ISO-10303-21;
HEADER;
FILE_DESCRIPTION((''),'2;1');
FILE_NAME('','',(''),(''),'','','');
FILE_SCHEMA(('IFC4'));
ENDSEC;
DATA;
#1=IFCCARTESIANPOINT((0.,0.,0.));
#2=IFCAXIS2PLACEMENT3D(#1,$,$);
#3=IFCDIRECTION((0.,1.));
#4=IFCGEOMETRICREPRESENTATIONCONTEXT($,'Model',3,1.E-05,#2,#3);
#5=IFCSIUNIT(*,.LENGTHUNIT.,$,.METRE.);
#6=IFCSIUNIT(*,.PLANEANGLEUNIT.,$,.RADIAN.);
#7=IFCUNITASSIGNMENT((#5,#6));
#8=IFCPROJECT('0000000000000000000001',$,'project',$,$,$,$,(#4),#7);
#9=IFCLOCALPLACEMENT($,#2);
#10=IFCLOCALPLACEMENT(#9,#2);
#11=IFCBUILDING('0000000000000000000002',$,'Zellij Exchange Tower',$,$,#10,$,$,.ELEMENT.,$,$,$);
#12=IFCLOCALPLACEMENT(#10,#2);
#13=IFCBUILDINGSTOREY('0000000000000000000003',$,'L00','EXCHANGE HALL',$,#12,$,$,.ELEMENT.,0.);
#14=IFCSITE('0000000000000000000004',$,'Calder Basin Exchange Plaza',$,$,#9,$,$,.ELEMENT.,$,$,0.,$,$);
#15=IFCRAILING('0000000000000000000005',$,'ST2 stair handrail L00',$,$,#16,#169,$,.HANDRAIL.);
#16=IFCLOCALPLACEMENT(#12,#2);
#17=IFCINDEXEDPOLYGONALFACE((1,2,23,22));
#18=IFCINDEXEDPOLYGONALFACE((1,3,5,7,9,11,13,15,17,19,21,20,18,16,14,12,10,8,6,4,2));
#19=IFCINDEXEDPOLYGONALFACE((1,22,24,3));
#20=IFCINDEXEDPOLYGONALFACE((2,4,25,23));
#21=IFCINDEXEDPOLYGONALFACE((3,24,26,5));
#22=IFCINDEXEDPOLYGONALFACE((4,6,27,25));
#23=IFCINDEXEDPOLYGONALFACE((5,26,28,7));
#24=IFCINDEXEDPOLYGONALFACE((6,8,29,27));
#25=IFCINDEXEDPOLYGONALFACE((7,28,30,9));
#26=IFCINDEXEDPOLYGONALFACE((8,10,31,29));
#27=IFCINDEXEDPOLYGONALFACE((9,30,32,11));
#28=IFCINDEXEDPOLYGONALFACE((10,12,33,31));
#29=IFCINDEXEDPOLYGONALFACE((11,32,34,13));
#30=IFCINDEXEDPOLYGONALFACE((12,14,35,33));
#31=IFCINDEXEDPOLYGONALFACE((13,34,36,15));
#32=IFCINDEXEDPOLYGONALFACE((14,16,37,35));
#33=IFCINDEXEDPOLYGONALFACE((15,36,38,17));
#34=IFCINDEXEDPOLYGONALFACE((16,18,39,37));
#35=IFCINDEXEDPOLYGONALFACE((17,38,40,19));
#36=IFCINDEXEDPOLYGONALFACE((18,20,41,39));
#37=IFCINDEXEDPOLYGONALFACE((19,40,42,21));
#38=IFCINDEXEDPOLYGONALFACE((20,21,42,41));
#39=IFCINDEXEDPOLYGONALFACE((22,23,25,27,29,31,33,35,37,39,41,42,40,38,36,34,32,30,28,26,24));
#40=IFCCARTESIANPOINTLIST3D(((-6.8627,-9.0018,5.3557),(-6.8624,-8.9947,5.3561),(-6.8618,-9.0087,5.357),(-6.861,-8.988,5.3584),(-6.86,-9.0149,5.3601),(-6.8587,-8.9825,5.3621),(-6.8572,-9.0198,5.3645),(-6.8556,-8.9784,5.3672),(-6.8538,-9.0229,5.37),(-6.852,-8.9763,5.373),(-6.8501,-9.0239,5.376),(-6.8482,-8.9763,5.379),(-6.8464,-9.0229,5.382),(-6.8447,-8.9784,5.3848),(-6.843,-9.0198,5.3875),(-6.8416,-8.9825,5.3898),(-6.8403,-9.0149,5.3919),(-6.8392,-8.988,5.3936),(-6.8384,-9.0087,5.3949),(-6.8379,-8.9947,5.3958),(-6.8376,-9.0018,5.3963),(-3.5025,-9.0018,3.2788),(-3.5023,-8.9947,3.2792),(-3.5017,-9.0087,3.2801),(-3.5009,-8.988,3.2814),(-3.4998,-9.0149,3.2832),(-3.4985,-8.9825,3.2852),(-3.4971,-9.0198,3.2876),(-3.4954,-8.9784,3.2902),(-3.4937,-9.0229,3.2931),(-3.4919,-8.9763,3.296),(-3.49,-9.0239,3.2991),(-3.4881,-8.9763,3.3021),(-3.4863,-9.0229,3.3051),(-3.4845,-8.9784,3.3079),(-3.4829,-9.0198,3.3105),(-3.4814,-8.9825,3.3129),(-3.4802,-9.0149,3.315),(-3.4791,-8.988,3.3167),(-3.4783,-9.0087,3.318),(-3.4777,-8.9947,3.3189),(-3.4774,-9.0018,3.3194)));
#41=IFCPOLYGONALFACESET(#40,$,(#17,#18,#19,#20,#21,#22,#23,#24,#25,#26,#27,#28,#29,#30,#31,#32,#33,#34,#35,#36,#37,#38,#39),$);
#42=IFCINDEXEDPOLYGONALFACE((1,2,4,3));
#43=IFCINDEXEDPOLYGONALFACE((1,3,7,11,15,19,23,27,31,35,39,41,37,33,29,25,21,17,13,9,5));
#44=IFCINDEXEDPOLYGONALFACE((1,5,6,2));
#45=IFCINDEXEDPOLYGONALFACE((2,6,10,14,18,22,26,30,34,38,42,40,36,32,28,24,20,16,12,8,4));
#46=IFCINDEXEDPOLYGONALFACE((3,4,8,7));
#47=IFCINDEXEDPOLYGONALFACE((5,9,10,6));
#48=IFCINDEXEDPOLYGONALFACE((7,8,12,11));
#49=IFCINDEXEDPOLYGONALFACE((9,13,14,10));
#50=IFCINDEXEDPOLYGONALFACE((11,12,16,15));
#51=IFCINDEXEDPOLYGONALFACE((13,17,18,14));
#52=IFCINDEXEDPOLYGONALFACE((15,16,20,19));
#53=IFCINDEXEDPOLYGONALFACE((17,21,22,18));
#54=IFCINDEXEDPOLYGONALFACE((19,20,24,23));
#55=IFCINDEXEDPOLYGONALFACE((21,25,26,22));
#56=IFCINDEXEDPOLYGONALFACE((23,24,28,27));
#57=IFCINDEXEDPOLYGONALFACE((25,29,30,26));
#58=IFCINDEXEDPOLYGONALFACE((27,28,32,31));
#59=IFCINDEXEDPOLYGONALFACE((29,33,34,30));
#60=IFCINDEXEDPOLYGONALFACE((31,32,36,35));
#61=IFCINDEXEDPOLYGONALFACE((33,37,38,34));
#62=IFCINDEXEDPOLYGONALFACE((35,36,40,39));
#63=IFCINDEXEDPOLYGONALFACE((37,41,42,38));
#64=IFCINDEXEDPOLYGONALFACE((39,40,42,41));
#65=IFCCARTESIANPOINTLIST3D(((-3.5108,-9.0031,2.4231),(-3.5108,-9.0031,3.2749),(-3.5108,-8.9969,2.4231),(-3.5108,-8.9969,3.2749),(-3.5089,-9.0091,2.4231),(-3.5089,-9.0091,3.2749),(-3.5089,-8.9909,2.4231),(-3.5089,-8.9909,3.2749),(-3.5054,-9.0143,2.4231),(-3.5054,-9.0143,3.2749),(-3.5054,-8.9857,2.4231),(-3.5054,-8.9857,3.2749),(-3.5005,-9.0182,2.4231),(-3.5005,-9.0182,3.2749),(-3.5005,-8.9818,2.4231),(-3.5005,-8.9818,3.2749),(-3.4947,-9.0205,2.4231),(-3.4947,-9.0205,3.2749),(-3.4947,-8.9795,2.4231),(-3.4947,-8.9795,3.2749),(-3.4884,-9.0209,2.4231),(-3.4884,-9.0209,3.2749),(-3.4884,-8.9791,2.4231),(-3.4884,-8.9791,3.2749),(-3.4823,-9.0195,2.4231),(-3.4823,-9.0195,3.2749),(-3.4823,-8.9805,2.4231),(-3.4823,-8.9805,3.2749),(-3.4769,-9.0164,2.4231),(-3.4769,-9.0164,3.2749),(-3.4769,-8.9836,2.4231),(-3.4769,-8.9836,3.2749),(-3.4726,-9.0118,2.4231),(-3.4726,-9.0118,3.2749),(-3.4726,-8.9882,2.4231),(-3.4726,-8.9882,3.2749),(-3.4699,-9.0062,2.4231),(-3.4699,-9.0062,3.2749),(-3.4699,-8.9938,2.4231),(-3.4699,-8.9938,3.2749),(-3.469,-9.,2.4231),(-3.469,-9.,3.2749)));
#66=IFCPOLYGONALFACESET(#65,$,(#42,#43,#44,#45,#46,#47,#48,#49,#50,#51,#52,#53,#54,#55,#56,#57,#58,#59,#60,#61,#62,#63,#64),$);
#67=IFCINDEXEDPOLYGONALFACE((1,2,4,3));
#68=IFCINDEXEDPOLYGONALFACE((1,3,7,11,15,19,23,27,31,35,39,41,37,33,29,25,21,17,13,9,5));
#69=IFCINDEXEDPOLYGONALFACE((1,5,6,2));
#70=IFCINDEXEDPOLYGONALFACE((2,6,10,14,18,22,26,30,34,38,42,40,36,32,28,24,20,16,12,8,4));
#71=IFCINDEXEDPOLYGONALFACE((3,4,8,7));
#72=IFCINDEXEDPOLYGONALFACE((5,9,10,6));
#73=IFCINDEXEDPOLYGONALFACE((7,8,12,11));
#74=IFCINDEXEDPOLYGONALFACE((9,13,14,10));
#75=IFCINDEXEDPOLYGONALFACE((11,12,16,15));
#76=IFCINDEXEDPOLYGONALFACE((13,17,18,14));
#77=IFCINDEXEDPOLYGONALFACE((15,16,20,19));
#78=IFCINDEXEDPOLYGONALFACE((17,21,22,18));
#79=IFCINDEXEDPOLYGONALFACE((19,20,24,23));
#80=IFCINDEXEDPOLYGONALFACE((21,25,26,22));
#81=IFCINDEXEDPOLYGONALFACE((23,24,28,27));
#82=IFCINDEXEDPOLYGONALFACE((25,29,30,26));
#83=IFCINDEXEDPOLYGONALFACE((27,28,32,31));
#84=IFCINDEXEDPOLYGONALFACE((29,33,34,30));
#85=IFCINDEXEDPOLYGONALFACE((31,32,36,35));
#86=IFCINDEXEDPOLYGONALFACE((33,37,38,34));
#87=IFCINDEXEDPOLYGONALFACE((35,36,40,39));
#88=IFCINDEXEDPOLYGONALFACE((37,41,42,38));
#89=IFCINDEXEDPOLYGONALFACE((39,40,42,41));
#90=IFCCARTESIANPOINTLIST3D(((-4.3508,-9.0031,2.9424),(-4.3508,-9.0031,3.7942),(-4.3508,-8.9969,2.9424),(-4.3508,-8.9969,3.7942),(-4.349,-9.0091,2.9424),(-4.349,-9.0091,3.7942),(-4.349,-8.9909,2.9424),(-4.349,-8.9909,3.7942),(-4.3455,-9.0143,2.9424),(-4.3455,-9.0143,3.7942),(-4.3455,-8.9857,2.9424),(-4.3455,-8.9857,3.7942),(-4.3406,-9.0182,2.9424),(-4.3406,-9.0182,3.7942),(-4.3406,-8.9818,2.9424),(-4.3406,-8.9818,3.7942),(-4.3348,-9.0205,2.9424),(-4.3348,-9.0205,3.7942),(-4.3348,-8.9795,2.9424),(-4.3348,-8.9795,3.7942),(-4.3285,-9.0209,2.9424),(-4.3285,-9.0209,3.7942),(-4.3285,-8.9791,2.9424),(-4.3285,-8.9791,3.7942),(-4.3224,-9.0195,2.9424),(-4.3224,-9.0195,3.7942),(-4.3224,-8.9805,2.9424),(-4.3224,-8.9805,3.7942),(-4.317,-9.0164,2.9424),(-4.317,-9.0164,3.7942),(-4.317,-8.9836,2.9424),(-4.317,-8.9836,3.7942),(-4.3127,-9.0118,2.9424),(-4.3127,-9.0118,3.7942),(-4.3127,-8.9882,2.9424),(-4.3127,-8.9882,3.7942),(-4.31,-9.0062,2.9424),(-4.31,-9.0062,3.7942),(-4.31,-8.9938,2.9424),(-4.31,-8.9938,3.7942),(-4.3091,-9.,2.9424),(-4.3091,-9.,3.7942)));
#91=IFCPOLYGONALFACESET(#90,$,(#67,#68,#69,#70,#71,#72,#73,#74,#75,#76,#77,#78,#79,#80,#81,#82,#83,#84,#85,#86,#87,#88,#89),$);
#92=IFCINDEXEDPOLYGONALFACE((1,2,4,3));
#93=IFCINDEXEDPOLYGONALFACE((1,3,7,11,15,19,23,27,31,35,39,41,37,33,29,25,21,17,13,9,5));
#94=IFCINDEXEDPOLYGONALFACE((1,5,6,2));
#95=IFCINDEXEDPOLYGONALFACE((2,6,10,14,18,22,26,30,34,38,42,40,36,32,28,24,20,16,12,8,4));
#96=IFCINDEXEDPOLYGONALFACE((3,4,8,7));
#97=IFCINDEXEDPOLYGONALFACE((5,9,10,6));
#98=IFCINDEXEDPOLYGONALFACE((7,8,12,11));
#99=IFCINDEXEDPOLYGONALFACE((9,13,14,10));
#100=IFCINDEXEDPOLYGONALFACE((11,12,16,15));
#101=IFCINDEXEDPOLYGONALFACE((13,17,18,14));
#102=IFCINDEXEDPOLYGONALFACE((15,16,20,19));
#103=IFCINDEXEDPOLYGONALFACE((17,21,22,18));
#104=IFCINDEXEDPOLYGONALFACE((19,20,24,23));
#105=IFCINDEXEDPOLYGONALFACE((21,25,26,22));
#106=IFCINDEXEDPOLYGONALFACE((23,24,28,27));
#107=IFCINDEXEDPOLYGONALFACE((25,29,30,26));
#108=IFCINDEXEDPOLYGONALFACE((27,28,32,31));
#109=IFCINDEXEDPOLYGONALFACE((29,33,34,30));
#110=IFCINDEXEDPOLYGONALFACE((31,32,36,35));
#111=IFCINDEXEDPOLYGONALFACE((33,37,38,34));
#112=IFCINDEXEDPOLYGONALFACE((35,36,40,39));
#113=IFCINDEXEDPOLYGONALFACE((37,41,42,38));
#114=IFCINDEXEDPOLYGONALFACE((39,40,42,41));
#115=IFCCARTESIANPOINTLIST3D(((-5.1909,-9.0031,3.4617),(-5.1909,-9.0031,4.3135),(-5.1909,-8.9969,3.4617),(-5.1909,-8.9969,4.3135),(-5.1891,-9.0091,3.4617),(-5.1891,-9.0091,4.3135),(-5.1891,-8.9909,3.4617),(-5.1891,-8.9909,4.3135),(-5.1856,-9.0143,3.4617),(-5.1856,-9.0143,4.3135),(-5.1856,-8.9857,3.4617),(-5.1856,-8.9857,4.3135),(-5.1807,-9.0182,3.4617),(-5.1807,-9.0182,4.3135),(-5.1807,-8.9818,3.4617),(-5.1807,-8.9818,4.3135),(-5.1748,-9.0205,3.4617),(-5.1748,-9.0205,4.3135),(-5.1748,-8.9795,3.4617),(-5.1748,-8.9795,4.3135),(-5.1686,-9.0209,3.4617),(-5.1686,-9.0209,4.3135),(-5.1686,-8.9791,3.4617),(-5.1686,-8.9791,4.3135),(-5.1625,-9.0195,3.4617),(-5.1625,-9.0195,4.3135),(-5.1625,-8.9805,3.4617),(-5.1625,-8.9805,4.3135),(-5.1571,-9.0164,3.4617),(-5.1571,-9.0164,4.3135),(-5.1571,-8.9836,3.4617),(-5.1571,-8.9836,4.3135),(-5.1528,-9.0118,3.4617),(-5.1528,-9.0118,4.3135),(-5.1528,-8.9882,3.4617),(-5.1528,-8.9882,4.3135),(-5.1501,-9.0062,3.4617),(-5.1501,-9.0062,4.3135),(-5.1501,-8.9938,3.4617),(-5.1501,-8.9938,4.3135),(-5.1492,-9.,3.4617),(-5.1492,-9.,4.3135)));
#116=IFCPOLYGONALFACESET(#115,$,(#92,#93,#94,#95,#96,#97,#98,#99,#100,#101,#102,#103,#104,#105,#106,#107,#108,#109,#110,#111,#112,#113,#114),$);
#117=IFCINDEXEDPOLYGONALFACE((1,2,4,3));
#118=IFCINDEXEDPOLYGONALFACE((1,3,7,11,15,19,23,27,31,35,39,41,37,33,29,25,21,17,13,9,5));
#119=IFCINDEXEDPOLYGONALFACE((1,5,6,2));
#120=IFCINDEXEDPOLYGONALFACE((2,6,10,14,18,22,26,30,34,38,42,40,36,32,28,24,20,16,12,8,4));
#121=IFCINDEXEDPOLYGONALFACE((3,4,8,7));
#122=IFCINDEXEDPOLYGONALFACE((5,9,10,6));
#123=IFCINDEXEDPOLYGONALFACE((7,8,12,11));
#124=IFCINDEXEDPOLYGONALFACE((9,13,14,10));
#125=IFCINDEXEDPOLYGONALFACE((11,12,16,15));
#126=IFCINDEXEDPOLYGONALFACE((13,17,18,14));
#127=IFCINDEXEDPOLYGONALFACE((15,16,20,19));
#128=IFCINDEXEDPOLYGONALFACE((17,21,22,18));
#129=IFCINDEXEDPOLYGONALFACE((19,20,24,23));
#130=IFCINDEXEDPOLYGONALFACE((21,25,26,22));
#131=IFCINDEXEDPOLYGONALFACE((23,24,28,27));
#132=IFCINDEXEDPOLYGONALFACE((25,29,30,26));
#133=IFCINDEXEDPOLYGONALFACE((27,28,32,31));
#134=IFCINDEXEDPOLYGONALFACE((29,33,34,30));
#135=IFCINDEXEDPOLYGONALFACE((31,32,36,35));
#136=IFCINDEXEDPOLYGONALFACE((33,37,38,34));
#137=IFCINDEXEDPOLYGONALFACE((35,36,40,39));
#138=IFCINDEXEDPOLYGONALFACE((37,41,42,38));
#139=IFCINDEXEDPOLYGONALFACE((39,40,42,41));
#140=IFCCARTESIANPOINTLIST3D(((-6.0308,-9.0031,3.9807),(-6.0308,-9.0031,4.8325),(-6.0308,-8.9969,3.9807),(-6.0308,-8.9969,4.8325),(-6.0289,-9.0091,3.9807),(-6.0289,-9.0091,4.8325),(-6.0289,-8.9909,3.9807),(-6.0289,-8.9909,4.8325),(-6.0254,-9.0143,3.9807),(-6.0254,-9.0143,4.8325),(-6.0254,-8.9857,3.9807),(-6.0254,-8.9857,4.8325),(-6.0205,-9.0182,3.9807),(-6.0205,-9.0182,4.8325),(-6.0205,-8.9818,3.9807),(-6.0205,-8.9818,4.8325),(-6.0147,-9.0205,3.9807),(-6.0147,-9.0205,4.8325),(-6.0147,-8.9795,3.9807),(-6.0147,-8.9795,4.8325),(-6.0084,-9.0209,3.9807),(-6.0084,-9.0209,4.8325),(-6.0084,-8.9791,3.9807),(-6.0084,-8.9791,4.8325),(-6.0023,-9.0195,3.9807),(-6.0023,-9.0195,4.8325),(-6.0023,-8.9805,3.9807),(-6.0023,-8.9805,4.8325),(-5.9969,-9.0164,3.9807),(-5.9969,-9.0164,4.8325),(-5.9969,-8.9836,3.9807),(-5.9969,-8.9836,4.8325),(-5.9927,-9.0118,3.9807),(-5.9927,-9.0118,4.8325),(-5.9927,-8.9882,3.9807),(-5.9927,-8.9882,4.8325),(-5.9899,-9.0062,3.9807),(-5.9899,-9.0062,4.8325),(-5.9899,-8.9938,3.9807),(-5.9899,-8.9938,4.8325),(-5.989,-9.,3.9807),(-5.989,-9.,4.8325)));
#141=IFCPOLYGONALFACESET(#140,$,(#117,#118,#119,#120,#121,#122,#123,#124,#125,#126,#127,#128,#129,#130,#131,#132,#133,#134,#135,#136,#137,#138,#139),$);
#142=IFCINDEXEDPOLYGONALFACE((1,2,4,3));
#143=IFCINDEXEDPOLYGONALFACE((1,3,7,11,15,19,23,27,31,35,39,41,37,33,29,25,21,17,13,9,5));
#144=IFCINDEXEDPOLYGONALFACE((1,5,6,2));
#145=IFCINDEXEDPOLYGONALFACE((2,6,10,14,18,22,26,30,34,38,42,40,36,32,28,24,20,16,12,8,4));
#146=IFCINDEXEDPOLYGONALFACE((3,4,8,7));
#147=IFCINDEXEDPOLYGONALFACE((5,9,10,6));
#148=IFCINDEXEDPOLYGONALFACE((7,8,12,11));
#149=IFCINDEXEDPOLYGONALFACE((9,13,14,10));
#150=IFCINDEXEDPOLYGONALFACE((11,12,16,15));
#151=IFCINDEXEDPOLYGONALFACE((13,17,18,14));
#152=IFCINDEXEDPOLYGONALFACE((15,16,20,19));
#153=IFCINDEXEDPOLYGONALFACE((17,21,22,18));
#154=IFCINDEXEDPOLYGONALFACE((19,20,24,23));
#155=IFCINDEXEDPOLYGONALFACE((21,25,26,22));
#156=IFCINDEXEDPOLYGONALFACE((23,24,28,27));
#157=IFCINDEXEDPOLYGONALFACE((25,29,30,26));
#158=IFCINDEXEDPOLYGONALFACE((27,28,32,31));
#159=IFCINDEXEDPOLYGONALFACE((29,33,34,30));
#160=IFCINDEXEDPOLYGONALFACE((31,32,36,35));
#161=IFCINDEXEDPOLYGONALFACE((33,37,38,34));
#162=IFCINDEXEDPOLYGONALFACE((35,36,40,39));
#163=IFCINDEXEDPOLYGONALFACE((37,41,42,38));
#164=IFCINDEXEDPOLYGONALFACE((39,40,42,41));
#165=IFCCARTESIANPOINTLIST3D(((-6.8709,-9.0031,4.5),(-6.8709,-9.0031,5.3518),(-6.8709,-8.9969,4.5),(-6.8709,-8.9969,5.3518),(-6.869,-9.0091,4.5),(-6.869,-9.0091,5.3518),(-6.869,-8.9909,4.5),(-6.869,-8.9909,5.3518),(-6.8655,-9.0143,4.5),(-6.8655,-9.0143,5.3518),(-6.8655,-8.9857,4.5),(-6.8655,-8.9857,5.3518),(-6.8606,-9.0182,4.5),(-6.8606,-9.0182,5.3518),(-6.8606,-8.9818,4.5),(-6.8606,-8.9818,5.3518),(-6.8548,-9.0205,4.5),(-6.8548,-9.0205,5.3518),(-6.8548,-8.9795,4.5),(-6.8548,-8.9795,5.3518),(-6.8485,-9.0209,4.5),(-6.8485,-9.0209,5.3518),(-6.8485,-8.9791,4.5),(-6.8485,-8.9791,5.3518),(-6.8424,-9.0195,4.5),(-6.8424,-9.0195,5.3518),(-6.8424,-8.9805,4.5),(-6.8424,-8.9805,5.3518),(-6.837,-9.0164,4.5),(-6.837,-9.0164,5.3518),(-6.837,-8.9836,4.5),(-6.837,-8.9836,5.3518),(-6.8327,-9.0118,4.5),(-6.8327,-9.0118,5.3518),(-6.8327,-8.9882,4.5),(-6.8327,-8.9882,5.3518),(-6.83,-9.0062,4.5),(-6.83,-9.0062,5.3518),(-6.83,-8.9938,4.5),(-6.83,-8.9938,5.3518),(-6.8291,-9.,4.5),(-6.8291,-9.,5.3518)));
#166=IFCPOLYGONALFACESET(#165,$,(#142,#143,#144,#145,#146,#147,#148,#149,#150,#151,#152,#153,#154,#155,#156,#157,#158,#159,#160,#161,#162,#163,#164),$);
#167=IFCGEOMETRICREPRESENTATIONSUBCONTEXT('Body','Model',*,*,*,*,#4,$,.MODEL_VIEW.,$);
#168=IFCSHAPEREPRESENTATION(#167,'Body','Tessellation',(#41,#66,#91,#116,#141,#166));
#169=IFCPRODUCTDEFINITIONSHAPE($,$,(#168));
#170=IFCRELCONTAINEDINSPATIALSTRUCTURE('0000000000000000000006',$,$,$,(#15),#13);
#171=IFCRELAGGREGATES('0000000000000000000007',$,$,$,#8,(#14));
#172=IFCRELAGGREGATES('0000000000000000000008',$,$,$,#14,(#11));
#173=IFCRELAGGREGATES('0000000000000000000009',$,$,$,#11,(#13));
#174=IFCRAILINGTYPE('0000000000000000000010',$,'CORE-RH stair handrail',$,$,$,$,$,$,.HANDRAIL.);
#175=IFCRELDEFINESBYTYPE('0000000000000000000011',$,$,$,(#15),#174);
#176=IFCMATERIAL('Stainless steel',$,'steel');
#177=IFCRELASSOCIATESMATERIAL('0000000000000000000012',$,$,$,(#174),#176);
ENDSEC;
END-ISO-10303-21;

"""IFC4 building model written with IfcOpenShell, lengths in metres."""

from ifc_helpers import new_model, si_unit, direction, frame, origin, origin_2d, place, context, subcontext, project, spatial, circle, extrude, material, type_object, element, save


model = new_model("IFC4")

# Units and contexts
model_context = context("Model", 3, precision=1e-05, world=origin(), true_north=direction((0.0, 1.0)))
body_context = subcontext(model_context, "Body", "Model", "MODEL_VIEW")
ifc_project = project(units=[si_unit("LENGTHUNIT", "METRE"), si_unit("PLANEANGLEUNIT", "RADIAN")], contexts=[model_context])

# Site, building, storey
site_placement = place(None, origin())
site = spatial("IfcSite", under=ifc_project, at=site_placement, Name="Calder Basin Exchange Plaza", CompositionType="ELEMENT", RefElevation=0.0)
building_placement = place(site_placement, origin())
building = spatial("IfcBuilding", under=site, at=building_placement, Name="Zellij Exchange Tower", CompositionType="ELEMENT")
storey_placement = place(building_placement, origin())
storey = spatial("IfcBuildingStorey", under=building, at=storey_placement, Name="L00", Description="EXCHANGE HALL", CompositionType="ELEMENT", Elevation=0.0)

# Railing
ifc_material_1 = material(Name="Stainless steel", Category="steel")
railing_type_1 = type_object("IfcRailingType", Name="CORE-RH stair handrail", PredefinedType="HANDRAIL", material=ifc_material_1)
railing_1_placement = place(storey_placement, frame((-3.49, -9.0, 2.4231)))
element("IfcRailing", 1, at=railing_1_placement, inside=storey, type_object=railing_type_1, Name="ST2 stair handrail L00", PredefinedType="HANDRAIL", context=body_context, shape_type="SweptSolid", body=[
    extrude(circle(Radius=0.0239, at=origin_2d()), frame((0.0, 0.0, 0.876), z_axis=(-0.850623, 0.0, 0.525776), x_axis=(0.0, -1.0, 0.0)), (0.0, 0.0, 1.0), 3.9502),
    extrude(circle(Radius=0.021, at=origin_2d()), origin(), (0.0, 0.0, 1.0), 0.8518),
    extrude(circle(Radius=0.021, at=origin_2d()), frame((-0.8401, 0.0, 0.5193)), (0.0, 0.0, 1.0), 0.8518),
    extrude(circle(Radius=0.021, at=origin_2d()), frame((-1.6802, 0.0, 1.0386)), (0.0, 0.0, 1.0), 0.8518),
    extrude(circle(Radius=0.021, at=origin_2d()), frame((-2.52, 0.0, 1.5576)), (0.0, 0.0, 1.0), 0.8518),
    extrude(circle(Radius=0.021, at=origin_2d()), frame((-3.3601, 0.0, 2.0769)), (0.0, 0.0, 1.0), 0.8518),
])

save(model, "model.ifc")
